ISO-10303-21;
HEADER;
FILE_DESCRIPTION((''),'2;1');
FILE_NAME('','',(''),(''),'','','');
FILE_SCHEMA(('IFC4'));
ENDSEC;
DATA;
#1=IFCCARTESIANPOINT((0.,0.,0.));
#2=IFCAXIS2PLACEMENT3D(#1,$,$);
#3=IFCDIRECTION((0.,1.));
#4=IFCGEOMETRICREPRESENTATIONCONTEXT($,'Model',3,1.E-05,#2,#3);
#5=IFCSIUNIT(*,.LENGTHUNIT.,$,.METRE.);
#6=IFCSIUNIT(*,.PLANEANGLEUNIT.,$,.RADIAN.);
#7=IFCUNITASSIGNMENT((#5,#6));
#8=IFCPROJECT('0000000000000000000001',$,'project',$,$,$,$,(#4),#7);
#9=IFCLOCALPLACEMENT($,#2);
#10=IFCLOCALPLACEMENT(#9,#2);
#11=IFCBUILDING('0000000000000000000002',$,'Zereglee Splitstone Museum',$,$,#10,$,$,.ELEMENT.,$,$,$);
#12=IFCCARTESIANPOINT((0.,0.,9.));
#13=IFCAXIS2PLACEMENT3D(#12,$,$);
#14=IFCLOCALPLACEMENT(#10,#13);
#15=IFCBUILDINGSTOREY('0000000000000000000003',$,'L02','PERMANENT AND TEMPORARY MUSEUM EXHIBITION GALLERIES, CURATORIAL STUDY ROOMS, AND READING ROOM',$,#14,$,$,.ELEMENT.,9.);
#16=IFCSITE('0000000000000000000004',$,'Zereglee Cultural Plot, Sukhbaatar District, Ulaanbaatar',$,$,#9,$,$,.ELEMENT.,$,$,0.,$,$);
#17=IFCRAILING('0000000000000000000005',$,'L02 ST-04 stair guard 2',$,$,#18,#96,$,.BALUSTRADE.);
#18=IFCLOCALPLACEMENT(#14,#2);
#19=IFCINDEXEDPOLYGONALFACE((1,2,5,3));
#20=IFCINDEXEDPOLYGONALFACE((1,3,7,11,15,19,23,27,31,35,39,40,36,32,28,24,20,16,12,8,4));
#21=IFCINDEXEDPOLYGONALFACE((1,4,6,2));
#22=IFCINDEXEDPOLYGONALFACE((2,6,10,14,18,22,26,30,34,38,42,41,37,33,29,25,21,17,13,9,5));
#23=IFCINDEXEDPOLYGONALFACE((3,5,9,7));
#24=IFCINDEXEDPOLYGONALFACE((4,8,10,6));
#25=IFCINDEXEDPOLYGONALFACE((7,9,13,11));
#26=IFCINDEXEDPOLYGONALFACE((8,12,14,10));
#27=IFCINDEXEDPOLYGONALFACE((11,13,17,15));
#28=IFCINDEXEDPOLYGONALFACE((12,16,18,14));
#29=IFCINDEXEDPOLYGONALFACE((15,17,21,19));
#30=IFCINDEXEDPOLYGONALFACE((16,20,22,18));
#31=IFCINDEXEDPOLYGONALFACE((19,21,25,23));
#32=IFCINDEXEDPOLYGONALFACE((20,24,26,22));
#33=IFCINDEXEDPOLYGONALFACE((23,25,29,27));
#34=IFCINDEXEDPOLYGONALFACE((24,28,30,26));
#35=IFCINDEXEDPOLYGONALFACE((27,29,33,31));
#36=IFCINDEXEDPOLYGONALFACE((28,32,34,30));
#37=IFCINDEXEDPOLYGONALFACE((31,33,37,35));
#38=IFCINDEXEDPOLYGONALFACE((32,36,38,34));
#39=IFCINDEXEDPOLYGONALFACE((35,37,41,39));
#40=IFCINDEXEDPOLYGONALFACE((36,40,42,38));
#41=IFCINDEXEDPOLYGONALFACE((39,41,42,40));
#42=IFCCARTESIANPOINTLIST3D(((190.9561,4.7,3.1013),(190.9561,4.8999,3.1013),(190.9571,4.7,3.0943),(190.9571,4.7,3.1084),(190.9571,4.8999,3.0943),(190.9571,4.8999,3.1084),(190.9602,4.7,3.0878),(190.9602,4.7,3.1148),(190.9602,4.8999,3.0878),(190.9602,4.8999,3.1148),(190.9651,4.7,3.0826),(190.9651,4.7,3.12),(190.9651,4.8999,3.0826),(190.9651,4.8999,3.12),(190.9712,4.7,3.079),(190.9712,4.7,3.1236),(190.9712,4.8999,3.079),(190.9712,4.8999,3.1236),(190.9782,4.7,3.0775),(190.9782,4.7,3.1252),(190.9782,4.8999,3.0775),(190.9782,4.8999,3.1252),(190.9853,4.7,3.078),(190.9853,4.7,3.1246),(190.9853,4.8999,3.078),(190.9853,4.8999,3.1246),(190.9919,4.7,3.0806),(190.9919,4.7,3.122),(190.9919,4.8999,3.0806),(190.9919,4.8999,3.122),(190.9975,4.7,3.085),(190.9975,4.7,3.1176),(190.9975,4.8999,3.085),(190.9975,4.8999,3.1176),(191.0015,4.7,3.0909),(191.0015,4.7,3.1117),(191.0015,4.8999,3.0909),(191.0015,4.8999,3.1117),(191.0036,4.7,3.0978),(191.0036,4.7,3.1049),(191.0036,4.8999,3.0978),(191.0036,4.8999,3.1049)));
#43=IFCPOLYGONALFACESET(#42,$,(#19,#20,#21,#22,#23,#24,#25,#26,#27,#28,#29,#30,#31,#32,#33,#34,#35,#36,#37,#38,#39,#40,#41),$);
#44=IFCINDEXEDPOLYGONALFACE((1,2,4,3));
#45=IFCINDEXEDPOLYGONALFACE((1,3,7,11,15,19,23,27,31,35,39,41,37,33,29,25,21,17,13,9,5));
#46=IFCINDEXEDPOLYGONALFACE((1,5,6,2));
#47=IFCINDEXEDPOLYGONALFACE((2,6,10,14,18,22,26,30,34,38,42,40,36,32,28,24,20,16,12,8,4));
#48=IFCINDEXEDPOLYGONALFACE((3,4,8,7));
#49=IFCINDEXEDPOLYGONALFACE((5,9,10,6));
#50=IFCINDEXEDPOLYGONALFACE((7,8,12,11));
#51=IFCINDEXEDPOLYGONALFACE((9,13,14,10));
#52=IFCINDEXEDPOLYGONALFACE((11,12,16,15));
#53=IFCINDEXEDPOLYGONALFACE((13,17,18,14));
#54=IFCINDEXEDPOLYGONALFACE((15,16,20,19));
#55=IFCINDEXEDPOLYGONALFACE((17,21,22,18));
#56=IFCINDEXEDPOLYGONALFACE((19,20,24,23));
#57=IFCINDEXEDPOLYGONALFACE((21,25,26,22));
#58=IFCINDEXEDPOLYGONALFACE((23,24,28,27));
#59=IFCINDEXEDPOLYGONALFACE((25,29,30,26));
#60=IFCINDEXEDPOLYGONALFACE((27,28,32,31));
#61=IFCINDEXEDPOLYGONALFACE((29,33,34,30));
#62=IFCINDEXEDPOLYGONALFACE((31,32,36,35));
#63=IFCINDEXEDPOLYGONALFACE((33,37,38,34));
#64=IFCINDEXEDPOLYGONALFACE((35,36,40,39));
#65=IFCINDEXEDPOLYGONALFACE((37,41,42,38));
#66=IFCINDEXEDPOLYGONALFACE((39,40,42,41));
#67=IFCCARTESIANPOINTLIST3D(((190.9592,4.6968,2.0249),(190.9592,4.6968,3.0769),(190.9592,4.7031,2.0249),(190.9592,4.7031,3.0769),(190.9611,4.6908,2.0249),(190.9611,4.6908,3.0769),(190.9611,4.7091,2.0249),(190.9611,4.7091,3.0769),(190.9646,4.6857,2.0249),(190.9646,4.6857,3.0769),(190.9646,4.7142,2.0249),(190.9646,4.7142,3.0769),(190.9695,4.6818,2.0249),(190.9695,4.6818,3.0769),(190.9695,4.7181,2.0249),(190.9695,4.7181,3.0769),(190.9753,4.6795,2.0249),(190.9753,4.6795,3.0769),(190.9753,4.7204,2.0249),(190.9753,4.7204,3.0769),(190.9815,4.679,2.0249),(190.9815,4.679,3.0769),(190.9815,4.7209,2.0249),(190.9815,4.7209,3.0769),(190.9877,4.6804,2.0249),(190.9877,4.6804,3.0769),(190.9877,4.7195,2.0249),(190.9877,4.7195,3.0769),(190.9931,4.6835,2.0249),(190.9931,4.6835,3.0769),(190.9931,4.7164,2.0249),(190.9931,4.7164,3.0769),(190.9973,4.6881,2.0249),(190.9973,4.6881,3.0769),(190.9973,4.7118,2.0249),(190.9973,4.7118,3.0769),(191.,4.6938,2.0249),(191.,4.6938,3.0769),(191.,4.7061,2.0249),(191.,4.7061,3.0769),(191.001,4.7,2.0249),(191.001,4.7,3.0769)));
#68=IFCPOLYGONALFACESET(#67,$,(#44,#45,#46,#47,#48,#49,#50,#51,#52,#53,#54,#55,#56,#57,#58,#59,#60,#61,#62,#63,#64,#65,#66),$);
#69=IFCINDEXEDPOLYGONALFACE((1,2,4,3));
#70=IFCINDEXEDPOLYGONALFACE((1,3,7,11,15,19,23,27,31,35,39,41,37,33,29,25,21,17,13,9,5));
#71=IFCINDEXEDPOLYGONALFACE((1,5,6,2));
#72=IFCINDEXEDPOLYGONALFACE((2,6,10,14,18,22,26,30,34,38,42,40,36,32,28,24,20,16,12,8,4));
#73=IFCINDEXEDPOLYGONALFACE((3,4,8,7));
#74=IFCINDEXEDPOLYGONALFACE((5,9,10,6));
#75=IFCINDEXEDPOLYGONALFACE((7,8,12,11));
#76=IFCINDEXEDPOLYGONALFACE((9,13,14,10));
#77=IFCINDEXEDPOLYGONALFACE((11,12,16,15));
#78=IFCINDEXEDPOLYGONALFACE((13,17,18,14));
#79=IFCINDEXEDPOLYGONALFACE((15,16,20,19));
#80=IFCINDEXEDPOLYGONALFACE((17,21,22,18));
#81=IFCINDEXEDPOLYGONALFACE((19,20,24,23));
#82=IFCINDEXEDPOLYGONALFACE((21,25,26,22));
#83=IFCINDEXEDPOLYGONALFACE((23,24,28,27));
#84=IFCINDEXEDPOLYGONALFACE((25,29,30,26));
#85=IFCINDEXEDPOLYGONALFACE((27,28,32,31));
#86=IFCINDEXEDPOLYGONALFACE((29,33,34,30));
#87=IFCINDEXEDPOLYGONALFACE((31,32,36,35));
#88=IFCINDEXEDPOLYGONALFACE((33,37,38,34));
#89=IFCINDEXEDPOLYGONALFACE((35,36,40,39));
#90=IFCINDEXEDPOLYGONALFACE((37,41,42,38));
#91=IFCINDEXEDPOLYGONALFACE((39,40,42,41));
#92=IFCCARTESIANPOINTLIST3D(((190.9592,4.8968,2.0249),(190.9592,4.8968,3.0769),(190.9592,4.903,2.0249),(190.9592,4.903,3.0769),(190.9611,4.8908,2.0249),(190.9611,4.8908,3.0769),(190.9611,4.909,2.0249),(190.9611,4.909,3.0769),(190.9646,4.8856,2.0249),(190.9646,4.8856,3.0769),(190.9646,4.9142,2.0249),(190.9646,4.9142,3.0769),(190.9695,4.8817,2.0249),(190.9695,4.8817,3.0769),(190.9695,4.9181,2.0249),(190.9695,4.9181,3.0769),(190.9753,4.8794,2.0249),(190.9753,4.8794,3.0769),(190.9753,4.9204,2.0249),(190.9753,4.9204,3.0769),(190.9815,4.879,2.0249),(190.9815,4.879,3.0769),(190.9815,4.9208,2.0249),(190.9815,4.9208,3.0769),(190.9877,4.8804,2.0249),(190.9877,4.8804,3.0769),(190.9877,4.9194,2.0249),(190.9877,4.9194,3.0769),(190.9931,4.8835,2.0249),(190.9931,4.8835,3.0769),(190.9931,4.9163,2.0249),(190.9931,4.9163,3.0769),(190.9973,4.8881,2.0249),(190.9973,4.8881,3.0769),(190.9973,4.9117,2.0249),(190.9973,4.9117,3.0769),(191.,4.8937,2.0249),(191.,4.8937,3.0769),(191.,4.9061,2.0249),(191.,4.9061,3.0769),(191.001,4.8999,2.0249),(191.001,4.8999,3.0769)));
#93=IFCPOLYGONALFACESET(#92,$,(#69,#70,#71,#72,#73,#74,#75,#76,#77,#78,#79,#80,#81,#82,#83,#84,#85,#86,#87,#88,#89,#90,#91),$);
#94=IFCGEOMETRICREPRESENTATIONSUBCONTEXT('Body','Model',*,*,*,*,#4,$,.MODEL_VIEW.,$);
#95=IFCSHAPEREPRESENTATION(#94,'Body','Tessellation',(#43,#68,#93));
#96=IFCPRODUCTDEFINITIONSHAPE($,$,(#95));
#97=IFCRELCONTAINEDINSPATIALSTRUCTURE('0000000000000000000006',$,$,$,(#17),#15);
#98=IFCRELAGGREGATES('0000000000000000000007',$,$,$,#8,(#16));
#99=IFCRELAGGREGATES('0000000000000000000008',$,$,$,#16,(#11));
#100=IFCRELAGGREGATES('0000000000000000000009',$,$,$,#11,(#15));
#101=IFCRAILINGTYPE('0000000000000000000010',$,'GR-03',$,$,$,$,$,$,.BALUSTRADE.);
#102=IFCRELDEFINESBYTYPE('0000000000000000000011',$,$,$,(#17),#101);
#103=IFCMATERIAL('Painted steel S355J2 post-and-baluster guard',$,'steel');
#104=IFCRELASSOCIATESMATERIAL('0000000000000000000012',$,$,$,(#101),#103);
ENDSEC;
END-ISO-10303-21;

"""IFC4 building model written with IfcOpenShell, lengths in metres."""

from ifc_helpers import new_model, si_unit, direction, frame, origin, origin_2d, place, context, subcontext, project, spatial, circle, extrude, material, type_object, element, save


model = new_model("IFC4")

# Units and contexts
model_context = context("Model", 3, precision=1e-05, world=origin(), true_north=direction((0.0, 1.0)))
body_context = subcontext(model_context, "Body", "Model", "MODEL_VIEW")
ifc_project = project(units=[si_unit("LENGTHUNIT", "METRE"), si_unit("PLANEANGLEUNIT", "RADIAN")], contexts=[model_context])

# Site, building, storey
site_placement = place(None, origin())
site = spatial("IfcSite", under=ifc_project, at=site_placement, Name="Zereglee Cultural Plot, Sukhbaatar District, Ulaanbaatar", CompositionType="ELEMENT", RefElevation=0.0)
building_placement = place(site_placement, origin())
building = spatial("IfcBuilding", under=site, at=building_placement, Name="Zereglee Splitstone Museum", CompositionType="ELEMENT")
storey_placement = place(building_placement, frame((0.0, 0.0, 9.0)))
storey = spatial("IfcBuildingStorey", under=building, at=storey_placement, Name="L02", Description="PERMANENT AND TEMPORARY MUSEUM EXHIBITION GALLERIES, CURATORIAL STUDY ROOMS, AND READING ROOM", CompositionType="ELEMENT", Elevation=9.0)

# Railing
ifc_material_1 = material(Name="Painted steel S355J2 post-and-baluster guard", Category="steel")
railing_type_1 = type_object("IfcRailingType", Name="GR-03", PredefinedType="BALUSTRADE", material=ifc_material_1)
railing_1_placement = place(storey_placement, frame((190.98, 4.7, 2.0249)))
element("IfcRailing", 1, at=railing_1_placement, inside=storey, type_object=railing_type_1, Name="L02 ST-04 stair guard 2", PredefinedType="BALUSTRADE", context=body_context, shape_type="SweptSolid", body=[
    extrude(circle(Radius=0.0239, at=origin_2d()), frame((0.0, 0.0, 1.0764), z_axis=(0.0, 1.0, 0.0), x_axis=(-1.0, 0.0, 0.0)), (0.0, 0.0, 1.0), 0.2),
    extrude(circle(Radius=0.021, at=origin_2d()), origin(), (0.0, 0.0, 1.0), 1.052),
    extrude(circle(Radius=0.021, at=origin_2d()), frame((0.0, 0.2, 0.0)), (0.0, 0.0, 1.0), 1.052),
])

save(model, "model.ifc")
